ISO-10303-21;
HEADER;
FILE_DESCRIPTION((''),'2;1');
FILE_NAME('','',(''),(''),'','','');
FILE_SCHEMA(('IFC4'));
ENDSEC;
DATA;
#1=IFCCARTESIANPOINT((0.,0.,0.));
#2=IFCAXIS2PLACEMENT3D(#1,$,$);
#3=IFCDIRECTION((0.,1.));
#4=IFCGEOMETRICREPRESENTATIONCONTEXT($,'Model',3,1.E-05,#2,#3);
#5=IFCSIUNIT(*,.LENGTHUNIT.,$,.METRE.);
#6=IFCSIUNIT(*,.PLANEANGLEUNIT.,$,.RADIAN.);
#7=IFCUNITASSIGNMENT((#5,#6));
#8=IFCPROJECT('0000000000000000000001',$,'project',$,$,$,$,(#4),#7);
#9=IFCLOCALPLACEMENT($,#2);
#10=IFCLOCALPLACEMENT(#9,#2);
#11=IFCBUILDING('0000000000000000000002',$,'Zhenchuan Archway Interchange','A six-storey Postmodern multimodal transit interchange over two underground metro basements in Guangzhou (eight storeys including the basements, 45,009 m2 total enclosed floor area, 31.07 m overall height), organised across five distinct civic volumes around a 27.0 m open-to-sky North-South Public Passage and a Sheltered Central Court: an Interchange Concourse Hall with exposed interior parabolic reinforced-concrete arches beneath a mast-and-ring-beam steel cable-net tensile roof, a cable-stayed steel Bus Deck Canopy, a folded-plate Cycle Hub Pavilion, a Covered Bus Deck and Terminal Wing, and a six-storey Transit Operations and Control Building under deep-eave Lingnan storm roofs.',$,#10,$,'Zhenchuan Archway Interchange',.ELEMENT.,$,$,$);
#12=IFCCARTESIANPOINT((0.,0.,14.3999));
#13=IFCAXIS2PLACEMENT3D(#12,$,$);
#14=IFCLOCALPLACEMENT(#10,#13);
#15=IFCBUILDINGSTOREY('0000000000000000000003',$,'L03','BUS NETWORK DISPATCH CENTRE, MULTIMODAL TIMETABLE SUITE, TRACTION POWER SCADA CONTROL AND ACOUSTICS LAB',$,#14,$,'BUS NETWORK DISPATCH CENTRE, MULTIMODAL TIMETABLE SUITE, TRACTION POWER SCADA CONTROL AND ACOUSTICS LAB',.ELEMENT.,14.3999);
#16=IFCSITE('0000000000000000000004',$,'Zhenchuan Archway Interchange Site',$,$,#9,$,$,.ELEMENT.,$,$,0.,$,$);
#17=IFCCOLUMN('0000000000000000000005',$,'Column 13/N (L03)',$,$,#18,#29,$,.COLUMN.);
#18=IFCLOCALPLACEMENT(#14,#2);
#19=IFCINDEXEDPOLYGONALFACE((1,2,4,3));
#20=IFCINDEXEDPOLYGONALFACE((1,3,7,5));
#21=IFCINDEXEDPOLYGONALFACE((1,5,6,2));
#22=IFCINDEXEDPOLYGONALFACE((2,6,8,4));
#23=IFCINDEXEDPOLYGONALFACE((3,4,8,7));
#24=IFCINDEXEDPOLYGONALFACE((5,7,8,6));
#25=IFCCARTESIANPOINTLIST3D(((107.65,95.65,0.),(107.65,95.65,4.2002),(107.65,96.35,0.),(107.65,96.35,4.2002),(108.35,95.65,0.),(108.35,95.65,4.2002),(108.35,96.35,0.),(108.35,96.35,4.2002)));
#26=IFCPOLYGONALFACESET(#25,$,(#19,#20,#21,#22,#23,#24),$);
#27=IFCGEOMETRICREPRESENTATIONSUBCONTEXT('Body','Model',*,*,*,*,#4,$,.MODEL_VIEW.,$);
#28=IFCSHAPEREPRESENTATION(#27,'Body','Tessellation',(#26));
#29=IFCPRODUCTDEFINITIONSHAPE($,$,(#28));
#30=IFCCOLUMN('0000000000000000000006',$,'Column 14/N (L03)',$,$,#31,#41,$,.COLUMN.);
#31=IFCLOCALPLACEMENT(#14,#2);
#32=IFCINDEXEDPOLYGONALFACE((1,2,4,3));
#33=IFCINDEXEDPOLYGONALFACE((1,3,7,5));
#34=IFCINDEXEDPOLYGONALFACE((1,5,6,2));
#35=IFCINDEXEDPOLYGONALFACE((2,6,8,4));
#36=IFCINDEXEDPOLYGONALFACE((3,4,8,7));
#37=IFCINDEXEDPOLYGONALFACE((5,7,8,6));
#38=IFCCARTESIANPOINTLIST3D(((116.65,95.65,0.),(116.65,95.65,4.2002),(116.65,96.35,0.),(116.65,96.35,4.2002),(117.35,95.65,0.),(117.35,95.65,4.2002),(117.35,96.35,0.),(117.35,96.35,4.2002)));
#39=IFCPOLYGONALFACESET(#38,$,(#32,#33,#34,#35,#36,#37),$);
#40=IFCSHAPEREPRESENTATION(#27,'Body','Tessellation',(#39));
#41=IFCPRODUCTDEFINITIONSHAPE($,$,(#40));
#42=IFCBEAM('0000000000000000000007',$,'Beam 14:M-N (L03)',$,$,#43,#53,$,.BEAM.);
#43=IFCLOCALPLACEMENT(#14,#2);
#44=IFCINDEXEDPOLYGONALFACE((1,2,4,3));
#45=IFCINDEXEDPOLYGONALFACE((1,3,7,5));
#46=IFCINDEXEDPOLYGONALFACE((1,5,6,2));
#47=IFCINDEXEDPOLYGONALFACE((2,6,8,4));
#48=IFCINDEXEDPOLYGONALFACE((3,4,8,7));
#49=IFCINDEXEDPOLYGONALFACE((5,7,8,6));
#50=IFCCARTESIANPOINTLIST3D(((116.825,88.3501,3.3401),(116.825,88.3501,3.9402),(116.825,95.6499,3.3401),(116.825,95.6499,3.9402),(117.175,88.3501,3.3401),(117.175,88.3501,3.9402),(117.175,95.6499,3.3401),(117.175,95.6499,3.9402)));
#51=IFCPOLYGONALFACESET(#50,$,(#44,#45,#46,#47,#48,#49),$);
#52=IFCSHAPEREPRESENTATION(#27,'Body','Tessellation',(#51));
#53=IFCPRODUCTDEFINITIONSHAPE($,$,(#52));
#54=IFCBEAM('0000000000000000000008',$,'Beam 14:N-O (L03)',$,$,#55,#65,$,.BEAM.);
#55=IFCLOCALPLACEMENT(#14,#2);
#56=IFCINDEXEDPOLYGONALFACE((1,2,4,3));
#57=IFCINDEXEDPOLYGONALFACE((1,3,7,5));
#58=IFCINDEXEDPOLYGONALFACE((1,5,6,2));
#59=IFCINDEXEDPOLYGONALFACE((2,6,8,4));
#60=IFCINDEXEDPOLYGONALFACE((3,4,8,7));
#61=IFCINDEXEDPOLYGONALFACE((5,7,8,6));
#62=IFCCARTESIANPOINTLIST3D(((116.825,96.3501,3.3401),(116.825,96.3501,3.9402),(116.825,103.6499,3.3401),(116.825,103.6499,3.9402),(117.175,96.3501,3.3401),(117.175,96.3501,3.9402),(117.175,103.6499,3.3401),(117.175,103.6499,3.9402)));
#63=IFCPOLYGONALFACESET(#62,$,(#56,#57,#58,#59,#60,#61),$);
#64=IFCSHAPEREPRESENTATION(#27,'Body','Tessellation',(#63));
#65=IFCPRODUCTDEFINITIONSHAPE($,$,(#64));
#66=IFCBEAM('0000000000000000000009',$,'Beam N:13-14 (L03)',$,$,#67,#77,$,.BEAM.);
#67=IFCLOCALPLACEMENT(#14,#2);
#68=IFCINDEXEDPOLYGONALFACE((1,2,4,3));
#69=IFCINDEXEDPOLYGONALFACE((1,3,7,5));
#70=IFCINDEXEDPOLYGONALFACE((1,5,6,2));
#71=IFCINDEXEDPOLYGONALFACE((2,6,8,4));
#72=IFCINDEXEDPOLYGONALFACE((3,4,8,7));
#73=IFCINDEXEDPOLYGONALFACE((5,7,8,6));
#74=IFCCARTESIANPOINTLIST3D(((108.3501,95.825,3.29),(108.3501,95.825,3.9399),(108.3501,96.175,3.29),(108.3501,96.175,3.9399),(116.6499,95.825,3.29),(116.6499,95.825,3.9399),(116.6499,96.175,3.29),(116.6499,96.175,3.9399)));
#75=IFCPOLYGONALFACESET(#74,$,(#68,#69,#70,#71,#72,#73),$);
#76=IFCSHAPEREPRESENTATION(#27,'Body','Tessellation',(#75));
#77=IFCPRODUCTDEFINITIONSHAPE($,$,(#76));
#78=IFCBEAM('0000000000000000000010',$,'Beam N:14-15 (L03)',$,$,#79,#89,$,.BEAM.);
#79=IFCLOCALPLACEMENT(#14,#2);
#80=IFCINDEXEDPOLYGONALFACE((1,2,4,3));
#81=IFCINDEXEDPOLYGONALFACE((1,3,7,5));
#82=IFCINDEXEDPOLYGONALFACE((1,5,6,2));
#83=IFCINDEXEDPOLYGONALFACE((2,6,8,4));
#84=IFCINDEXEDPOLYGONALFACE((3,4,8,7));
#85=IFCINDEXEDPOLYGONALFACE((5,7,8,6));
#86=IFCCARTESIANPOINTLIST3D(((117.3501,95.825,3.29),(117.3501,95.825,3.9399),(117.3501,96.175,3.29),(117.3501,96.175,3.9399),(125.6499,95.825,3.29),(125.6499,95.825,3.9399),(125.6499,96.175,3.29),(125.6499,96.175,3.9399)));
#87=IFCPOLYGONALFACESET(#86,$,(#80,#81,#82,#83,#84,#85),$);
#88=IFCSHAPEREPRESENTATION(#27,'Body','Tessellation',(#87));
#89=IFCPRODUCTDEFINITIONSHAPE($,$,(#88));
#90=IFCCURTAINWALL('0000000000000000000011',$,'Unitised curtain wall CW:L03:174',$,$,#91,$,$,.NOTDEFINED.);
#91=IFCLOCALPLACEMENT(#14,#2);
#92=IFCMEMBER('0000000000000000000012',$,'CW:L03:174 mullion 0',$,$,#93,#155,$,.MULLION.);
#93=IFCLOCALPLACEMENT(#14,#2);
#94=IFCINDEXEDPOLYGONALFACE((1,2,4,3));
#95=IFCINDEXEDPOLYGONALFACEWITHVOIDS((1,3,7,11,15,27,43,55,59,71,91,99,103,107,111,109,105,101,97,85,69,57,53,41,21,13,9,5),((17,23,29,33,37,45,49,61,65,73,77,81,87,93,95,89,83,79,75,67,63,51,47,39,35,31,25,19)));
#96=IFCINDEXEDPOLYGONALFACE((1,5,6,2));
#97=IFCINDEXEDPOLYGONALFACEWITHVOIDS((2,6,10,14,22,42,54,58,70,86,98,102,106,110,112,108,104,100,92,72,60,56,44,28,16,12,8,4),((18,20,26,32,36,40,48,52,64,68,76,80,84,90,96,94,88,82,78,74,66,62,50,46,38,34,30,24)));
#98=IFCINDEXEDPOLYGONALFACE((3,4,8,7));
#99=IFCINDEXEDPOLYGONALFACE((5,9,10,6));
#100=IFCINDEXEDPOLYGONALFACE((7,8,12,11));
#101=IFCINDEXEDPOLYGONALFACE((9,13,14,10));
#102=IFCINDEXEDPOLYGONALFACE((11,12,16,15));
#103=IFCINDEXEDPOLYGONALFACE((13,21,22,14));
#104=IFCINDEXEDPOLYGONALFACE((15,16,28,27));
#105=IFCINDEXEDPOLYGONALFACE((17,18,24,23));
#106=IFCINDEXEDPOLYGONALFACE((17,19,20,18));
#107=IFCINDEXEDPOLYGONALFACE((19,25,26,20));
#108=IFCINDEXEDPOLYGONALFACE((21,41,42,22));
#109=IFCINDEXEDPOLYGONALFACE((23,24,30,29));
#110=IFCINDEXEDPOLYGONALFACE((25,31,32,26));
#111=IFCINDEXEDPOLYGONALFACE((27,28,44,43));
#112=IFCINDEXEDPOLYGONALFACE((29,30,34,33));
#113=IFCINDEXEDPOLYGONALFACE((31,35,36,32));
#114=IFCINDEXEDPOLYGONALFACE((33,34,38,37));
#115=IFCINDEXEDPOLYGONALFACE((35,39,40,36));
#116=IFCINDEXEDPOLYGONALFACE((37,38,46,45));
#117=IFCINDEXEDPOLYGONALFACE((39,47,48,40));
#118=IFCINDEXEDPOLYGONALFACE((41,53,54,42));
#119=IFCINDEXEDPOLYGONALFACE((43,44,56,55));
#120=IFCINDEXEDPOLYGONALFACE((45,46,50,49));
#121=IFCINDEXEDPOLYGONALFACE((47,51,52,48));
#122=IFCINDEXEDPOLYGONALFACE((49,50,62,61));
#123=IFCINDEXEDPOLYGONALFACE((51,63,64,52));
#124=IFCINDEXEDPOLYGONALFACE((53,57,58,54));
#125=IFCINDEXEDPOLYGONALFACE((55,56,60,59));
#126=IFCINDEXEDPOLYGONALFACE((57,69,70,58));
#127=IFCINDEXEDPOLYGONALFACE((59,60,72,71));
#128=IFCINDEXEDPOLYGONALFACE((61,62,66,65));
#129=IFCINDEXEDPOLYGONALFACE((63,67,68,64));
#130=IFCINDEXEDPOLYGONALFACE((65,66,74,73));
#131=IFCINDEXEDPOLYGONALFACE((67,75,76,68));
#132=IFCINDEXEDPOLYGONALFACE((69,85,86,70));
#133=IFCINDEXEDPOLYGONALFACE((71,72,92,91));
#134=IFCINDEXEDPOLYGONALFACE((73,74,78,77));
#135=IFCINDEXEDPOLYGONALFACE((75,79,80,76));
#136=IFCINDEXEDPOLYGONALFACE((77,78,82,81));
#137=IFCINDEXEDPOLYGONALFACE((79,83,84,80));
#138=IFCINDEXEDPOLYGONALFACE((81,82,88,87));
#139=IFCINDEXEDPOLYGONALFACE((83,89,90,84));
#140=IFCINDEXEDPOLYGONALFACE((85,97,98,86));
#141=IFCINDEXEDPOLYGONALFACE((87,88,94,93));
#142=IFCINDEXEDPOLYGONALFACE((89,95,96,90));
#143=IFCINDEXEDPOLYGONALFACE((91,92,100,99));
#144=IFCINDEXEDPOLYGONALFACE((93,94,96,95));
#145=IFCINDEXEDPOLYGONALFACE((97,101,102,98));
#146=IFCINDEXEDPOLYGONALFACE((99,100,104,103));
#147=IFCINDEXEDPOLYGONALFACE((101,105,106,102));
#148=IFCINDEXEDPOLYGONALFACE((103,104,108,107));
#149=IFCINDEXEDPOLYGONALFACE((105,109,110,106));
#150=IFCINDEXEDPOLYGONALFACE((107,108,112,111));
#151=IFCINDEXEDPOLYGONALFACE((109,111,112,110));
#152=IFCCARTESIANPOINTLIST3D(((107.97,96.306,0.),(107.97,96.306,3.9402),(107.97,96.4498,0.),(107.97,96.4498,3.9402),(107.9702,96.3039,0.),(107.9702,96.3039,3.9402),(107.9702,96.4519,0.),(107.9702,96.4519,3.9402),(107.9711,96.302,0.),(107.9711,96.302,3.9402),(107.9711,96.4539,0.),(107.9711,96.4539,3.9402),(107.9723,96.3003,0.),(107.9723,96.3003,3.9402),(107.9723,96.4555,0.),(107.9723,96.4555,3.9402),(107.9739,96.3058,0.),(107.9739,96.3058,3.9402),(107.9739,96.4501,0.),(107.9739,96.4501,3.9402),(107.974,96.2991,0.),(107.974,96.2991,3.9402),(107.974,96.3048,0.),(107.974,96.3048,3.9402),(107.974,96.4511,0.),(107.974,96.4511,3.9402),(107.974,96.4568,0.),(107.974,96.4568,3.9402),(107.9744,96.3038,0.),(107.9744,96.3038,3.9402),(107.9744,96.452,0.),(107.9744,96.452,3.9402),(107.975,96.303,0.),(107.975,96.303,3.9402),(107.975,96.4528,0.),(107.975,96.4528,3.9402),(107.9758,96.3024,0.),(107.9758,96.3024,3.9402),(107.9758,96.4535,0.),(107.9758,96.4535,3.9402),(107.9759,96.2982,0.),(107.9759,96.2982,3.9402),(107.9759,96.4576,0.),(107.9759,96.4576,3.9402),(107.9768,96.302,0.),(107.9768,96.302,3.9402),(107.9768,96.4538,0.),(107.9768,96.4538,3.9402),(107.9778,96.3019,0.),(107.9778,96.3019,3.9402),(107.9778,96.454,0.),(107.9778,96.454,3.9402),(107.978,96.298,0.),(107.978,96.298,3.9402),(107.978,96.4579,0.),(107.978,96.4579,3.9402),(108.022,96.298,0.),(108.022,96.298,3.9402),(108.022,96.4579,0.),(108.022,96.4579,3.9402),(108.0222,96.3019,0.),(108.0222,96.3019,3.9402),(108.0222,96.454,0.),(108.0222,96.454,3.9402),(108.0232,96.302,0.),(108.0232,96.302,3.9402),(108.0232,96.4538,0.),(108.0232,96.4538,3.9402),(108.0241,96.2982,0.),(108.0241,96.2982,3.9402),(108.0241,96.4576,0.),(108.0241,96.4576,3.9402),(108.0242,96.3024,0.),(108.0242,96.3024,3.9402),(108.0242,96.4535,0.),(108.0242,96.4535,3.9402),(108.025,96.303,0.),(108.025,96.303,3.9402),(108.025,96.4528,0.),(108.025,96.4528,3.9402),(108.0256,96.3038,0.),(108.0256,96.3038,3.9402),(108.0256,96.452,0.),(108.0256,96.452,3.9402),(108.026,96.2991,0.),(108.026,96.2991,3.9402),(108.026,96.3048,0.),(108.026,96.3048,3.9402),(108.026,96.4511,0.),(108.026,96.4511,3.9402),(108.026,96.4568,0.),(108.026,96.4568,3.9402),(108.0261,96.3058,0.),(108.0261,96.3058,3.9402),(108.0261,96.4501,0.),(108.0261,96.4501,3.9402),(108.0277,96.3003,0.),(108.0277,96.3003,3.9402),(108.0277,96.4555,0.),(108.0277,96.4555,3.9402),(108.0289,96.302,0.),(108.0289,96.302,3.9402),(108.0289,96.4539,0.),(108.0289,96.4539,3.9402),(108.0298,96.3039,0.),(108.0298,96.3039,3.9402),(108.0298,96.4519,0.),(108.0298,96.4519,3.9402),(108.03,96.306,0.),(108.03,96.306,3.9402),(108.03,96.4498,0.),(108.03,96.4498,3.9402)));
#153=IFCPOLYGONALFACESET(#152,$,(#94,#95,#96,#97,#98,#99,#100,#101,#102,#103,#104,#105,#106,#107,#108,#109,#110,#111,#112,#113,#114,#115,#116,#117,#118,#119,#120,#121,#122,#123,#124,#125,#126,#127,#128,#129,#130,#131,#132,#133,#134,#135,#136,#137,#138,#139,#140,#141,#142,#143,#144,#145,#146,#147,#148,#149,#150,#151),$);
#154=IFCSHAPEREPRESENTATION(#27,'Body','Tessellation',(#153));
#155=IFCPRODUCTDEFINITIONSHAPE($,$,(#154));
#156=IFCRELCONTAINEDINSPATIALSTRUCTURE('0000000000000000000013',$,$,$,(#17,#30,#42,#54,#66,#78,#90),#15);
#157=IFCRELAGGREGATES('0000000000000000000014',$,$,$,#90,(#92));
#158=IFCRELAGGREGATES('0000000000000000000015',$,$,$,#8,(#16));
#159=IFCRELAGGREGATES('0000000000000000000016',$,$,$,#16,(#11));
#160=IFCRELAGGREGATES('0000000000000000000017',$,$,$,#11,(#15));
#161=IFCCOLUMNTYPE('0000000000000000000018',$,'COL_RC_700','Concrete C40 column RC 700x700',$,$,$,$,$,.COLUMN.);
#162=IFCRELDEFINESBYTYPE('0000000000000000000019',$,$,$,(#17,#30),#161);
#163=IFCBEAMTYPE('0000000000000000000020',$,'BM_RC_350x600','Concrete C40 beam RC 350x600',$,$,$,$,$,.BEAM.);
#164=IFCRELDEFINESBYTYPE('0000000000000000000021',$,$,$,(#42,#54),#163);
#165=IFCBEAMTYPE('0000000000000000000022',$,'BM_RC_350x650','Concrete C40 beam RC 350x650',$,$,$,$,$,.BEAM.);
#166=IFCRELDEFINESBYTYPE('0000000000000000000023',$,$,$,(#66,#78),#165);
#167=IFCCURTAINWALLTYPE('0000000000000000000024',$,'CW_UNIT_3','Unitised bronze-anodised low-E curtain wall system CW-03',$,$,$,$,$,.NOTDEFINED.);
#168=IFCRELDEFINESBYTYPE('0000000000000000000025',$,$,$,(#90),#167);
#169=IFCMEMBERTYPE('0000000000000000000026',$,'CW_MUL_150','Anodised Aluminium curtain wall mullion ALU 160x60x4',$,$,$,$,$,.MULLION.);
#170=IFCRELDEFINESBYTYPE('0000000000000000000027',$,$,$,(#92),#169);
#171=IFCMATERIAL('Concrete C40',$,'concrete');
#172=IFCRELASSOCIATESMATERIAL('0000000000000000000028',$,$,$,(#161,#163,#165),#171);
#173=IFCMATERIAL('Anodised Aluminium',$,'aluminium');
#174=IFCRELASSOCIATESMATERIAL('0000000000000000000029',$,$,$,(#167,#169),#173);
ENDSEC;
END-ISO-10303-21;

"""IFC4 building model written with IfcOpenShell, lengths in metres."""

from ifc_helpers import new_model, si_unit, direction, frame, origin, origin_2d, place, context, subcontext, project, spatial, rectangle, hollow_rectangle, extrude, material, material_profile, profile_set, type_object, element, aggregate, save


model = new_model("IFC4")

# Units and contexts
model_context = context("Model", 3, precision=1e-05, world=origin(), true_north=direction((0.0, 1.0)))
body_context = subcontext(model_context, "Body", "Model", "MODEL_VIEW")
ifc_project = project(units=[si_unit("LENGTHUNIT", "METRE"), si_unit("PLANEANGLEUNIT", "RADIAN")], contexts=[model_context])

# Site, building, storey
site_placement = place(None, origin())
site = spatial("IfcSite", under=ifc_project, at=site_placement, Name="Zhenchuan Archway Interchange Site", CompositionType="ELEMENT", RefElevation=0.0)
building_placement = place(site_placement, origin())
building = spatial("IfcBuilding", under=site, at=building_placement, Name="Zhenchuan Archway Interchange", Description="A six-storey Postmodern multimodal transit interchange over two underground metro basements in Guangzhou (eight storeys including the basements, 45,009 m2 total enclosed floor area, 31.07 m overall height), organised across five distinct civic volumes around a 27.0 m open-to-sky North-South Public Passage and a Sheltered Central Court: an Interchange Concourse Hall with exposed interior parabolic reinforced-concrete arches beneath a mast-and-ring-beam steel cable-net tensile roof, a cable-stayed steel Bus Deck Canopy, a folded-plate Cycle Hub Pavilion, a Covered Bus Deck and Terminal Wing, and a six-storey Transit Operations and Control Building under deep-eave Lingnan storm roofs.", LongName="Zhenchuan Archway Interchange", CompositionType="ELEMENT")
storey_placement = place(building_placement, frame((0.0, 0.0, 14.3999)))
storey = spatial("IfcBuildingStorey", under=building, at=storey_placement, Name="L03", Description="BUS NETWORK DISPATCH CENTRE, MULTIMODAL TIMETABLE SUITE, TRACTION POWER SCADA CONTROL AND ACOUSTICS LAB", LongName="BUS NETWORK DISPATCH CENTRE, MULTIMODAL TIMETABLE SUITE, TRACTION POWER SCADA CONTROL AND ACOUSTICS LAB", CompositionType="ELEMENT", Elevation=14.3999)

# Columns
ifc_material_1 = material(Name="Concrete C40", Category="concrete")
ifc_material_profile_1 = material_profile(ifc_material_1, rectangle(XDim=0.7, YDim=0.7, at=origin_2d()), Name="RC 700x700")
ifc_profile_set_1 = profile_set([ifc_material_profile_1], Name="Concrete C40")
column_type = type_object("IfcColumnType", Name="COL_RC_700", Description="Concrete C40 column RC 700x700", PredefinedType="COLUMN", material=ifc_profile_set_1)
for number, where, z_axis, x_axis, name in (
    (1, (108.0, 96.0, 0.0), (0.0, 0.0, 1.0), (1.0, 0.0, 0.0), "Column 13/N (L03)"),
    (2, (117.0, 96.0, 0.0), (0.0, 0.0, 1.0), (1.0, 0.0, 0.0), "Column 14/N (L03)"),
):
    element("IfcColumn", number, at=place(storey_placement, frame(where, z_axis=z_axis, x_axis=x_axis)), inside=storey, type_object=column_type, Name=name, PredefinedType="COLUMN", context=body_context, shape_type="SweptSolid", body=[
        extrude(rectangle(XDim=0.7, YDim=0.7, at=origin_2d()), origin(), (0.0, 0.0, 1.0), 4.2002),
    ])

# Beams
ifc_material_profile_2 = material_profile(ifc_material_1, rectangle(XDim=0.3501, YDim=0.6001, at=origin_2d()), Name="RC 350x600")
ifc_profile_set_2 = profile_set([ifc_material_profile_2], Name="Concrete C40")
beam_type_1 = type_object("IfcBeamType", Name="BM_RC_350x600", Description="Concrete C40 beam RC 350x600", PredefinedType="BEAM", material=ifc_profile_set_2)
for number, where, z_axis, x_axis, name in (
    (3, (117.0, 88.3501, 3.6401), (0.0, 1.0, 0.0), (-1.0, 0.0, 0.0), "Beam 14:M-N (L03)"),
    (4, (117.0, 96.3501, 3.6401), (0.0, 1.0, 0.0), (-1.0, 0.0, 0.0), "Beam 14:N-O (L03)"),
):
    element("IfcBeam", number, at=place(storey_placement, frame(where, z_axis=z_axis, x_axis=x_axis)), inside=storey, type_object=beam_type_1, Name=name, PredefinedType="BEAM", context=body_context, shape_type="SweptSolid", body=[
        extrude(rectangle(XDim=0.3501, YDim=0.6001, at=origin_2d()), origin(), (0.0, 0.0, 1.0), 7.2998),
    ])
ifc_material_profile_3 = material_profile(ifc_material_1, rectangle(XDim=0.3501, YDim=0.6499, at=origin_2d()), Name="RC 350x650")
ifc_profile_set_3 = profile_set([ifc_material_profile_3], Name="Concrete C40")
beam_type_2 = type_object("IfcBeamType", Name="BM_RC_350x650", Description="Concrete C40 beam RC 350x650", PredefinedType="BEAM", material=ifc_profile_set_3)
for number, where, z_axis, x_axis, name in (
    (5, (108.3501, 96.0, 3.615), (1.0, 0.0, 0.0), (0.0, 1.0, 0.0), "Beam N:13-14 (L03)"),
    (6, (117.3501, 96.0, 3.615), (1.0, 0.0, 0.0), (0.0, 1.0, 0.0), "Beam N:14-15 (L03)"),
):
    element("IfcBeam", number, at=place(storey_placement, frame(where, z_axis=z_axis, x_axis=x_axis)), inside=storey, type_object=beam_type_2, Name=name, PredefinedType="BEAM", context=body_context, shape_type="SweptSolid", body=[
        extrude(rectangle(XDim=0.3501, YDim=0.6499, at=origin_2d()), origin(), (0.0, 0.0, 1.0), 8.2998),
    ])

# Curtain wall, member
ifc_material_2 = material(Name="Anodised Aluminium", Category="aluminium")
curtain_wall_type = type_object("IfcCurtainWallType", Name="CW_UNIT_3", Description="Unitised bronze-anodised low-E curtain wall system CW-03", PredefinedType="NOTDEFINED", material=ifc_material_2)
curtain_wall_placement = place(storey_placement, origin())
curtain_wall = element("IfcCurtainWall", 7, at=curtain_wall_placement, inside=storey, type_object=curtain_wall_type, Name="Unitised curtain wall CW:L03:174", PredefinedType="NOTDEFINED")
ifc_material_profile_4 = material_profile(ifc_material_2, hollow_rectangle(XDim=0.0601, YDim=0.1599, WallThickness=0.0039, InnerFilletRadius=0.0039, OuterFilletRadius=0.0081, at=origin_2d()), Name="ALU 160x60x4")
ifc_profile_set_4 = profile_set([ifc_material_profile_4], Name="Anodised Aluminium")
member_type_1 = type_object("IfcMemberType", Name="CW_MUL_150", Description="Anodised Aluminium curtain wall mullion ALU 160x60x4", PredefinedType="MULLION", material=ifc_profile_set_4)
member_1_placement = place(storey_placement, frame((108.0, 96.3779, 0.0), z_axis=(0.0, 0.0, 1.0), x_axis=(1.0, 0.0, 0.0)))
member_1 = element("IfcMember", 8, at=member_1_placement, type_object=member_type_1, Name="CW:L03:174 mullion 0", PredefinedType="MULLION", context=body_context, shape_type="SweptSolid", body=[
    extrude(hollow_rectangle(XDim=0.0601, YDim=0.1599, WallThickness=0.0039, InnerFilletRadius=0.0039, OuterFilletRadius=0.0081, at=origin_2d()), origin(), (0.0, 0.0, 1.0), 3.9402),
])

aggregate(curtain_wall, [member_1])

save(model, "model.ifc")
